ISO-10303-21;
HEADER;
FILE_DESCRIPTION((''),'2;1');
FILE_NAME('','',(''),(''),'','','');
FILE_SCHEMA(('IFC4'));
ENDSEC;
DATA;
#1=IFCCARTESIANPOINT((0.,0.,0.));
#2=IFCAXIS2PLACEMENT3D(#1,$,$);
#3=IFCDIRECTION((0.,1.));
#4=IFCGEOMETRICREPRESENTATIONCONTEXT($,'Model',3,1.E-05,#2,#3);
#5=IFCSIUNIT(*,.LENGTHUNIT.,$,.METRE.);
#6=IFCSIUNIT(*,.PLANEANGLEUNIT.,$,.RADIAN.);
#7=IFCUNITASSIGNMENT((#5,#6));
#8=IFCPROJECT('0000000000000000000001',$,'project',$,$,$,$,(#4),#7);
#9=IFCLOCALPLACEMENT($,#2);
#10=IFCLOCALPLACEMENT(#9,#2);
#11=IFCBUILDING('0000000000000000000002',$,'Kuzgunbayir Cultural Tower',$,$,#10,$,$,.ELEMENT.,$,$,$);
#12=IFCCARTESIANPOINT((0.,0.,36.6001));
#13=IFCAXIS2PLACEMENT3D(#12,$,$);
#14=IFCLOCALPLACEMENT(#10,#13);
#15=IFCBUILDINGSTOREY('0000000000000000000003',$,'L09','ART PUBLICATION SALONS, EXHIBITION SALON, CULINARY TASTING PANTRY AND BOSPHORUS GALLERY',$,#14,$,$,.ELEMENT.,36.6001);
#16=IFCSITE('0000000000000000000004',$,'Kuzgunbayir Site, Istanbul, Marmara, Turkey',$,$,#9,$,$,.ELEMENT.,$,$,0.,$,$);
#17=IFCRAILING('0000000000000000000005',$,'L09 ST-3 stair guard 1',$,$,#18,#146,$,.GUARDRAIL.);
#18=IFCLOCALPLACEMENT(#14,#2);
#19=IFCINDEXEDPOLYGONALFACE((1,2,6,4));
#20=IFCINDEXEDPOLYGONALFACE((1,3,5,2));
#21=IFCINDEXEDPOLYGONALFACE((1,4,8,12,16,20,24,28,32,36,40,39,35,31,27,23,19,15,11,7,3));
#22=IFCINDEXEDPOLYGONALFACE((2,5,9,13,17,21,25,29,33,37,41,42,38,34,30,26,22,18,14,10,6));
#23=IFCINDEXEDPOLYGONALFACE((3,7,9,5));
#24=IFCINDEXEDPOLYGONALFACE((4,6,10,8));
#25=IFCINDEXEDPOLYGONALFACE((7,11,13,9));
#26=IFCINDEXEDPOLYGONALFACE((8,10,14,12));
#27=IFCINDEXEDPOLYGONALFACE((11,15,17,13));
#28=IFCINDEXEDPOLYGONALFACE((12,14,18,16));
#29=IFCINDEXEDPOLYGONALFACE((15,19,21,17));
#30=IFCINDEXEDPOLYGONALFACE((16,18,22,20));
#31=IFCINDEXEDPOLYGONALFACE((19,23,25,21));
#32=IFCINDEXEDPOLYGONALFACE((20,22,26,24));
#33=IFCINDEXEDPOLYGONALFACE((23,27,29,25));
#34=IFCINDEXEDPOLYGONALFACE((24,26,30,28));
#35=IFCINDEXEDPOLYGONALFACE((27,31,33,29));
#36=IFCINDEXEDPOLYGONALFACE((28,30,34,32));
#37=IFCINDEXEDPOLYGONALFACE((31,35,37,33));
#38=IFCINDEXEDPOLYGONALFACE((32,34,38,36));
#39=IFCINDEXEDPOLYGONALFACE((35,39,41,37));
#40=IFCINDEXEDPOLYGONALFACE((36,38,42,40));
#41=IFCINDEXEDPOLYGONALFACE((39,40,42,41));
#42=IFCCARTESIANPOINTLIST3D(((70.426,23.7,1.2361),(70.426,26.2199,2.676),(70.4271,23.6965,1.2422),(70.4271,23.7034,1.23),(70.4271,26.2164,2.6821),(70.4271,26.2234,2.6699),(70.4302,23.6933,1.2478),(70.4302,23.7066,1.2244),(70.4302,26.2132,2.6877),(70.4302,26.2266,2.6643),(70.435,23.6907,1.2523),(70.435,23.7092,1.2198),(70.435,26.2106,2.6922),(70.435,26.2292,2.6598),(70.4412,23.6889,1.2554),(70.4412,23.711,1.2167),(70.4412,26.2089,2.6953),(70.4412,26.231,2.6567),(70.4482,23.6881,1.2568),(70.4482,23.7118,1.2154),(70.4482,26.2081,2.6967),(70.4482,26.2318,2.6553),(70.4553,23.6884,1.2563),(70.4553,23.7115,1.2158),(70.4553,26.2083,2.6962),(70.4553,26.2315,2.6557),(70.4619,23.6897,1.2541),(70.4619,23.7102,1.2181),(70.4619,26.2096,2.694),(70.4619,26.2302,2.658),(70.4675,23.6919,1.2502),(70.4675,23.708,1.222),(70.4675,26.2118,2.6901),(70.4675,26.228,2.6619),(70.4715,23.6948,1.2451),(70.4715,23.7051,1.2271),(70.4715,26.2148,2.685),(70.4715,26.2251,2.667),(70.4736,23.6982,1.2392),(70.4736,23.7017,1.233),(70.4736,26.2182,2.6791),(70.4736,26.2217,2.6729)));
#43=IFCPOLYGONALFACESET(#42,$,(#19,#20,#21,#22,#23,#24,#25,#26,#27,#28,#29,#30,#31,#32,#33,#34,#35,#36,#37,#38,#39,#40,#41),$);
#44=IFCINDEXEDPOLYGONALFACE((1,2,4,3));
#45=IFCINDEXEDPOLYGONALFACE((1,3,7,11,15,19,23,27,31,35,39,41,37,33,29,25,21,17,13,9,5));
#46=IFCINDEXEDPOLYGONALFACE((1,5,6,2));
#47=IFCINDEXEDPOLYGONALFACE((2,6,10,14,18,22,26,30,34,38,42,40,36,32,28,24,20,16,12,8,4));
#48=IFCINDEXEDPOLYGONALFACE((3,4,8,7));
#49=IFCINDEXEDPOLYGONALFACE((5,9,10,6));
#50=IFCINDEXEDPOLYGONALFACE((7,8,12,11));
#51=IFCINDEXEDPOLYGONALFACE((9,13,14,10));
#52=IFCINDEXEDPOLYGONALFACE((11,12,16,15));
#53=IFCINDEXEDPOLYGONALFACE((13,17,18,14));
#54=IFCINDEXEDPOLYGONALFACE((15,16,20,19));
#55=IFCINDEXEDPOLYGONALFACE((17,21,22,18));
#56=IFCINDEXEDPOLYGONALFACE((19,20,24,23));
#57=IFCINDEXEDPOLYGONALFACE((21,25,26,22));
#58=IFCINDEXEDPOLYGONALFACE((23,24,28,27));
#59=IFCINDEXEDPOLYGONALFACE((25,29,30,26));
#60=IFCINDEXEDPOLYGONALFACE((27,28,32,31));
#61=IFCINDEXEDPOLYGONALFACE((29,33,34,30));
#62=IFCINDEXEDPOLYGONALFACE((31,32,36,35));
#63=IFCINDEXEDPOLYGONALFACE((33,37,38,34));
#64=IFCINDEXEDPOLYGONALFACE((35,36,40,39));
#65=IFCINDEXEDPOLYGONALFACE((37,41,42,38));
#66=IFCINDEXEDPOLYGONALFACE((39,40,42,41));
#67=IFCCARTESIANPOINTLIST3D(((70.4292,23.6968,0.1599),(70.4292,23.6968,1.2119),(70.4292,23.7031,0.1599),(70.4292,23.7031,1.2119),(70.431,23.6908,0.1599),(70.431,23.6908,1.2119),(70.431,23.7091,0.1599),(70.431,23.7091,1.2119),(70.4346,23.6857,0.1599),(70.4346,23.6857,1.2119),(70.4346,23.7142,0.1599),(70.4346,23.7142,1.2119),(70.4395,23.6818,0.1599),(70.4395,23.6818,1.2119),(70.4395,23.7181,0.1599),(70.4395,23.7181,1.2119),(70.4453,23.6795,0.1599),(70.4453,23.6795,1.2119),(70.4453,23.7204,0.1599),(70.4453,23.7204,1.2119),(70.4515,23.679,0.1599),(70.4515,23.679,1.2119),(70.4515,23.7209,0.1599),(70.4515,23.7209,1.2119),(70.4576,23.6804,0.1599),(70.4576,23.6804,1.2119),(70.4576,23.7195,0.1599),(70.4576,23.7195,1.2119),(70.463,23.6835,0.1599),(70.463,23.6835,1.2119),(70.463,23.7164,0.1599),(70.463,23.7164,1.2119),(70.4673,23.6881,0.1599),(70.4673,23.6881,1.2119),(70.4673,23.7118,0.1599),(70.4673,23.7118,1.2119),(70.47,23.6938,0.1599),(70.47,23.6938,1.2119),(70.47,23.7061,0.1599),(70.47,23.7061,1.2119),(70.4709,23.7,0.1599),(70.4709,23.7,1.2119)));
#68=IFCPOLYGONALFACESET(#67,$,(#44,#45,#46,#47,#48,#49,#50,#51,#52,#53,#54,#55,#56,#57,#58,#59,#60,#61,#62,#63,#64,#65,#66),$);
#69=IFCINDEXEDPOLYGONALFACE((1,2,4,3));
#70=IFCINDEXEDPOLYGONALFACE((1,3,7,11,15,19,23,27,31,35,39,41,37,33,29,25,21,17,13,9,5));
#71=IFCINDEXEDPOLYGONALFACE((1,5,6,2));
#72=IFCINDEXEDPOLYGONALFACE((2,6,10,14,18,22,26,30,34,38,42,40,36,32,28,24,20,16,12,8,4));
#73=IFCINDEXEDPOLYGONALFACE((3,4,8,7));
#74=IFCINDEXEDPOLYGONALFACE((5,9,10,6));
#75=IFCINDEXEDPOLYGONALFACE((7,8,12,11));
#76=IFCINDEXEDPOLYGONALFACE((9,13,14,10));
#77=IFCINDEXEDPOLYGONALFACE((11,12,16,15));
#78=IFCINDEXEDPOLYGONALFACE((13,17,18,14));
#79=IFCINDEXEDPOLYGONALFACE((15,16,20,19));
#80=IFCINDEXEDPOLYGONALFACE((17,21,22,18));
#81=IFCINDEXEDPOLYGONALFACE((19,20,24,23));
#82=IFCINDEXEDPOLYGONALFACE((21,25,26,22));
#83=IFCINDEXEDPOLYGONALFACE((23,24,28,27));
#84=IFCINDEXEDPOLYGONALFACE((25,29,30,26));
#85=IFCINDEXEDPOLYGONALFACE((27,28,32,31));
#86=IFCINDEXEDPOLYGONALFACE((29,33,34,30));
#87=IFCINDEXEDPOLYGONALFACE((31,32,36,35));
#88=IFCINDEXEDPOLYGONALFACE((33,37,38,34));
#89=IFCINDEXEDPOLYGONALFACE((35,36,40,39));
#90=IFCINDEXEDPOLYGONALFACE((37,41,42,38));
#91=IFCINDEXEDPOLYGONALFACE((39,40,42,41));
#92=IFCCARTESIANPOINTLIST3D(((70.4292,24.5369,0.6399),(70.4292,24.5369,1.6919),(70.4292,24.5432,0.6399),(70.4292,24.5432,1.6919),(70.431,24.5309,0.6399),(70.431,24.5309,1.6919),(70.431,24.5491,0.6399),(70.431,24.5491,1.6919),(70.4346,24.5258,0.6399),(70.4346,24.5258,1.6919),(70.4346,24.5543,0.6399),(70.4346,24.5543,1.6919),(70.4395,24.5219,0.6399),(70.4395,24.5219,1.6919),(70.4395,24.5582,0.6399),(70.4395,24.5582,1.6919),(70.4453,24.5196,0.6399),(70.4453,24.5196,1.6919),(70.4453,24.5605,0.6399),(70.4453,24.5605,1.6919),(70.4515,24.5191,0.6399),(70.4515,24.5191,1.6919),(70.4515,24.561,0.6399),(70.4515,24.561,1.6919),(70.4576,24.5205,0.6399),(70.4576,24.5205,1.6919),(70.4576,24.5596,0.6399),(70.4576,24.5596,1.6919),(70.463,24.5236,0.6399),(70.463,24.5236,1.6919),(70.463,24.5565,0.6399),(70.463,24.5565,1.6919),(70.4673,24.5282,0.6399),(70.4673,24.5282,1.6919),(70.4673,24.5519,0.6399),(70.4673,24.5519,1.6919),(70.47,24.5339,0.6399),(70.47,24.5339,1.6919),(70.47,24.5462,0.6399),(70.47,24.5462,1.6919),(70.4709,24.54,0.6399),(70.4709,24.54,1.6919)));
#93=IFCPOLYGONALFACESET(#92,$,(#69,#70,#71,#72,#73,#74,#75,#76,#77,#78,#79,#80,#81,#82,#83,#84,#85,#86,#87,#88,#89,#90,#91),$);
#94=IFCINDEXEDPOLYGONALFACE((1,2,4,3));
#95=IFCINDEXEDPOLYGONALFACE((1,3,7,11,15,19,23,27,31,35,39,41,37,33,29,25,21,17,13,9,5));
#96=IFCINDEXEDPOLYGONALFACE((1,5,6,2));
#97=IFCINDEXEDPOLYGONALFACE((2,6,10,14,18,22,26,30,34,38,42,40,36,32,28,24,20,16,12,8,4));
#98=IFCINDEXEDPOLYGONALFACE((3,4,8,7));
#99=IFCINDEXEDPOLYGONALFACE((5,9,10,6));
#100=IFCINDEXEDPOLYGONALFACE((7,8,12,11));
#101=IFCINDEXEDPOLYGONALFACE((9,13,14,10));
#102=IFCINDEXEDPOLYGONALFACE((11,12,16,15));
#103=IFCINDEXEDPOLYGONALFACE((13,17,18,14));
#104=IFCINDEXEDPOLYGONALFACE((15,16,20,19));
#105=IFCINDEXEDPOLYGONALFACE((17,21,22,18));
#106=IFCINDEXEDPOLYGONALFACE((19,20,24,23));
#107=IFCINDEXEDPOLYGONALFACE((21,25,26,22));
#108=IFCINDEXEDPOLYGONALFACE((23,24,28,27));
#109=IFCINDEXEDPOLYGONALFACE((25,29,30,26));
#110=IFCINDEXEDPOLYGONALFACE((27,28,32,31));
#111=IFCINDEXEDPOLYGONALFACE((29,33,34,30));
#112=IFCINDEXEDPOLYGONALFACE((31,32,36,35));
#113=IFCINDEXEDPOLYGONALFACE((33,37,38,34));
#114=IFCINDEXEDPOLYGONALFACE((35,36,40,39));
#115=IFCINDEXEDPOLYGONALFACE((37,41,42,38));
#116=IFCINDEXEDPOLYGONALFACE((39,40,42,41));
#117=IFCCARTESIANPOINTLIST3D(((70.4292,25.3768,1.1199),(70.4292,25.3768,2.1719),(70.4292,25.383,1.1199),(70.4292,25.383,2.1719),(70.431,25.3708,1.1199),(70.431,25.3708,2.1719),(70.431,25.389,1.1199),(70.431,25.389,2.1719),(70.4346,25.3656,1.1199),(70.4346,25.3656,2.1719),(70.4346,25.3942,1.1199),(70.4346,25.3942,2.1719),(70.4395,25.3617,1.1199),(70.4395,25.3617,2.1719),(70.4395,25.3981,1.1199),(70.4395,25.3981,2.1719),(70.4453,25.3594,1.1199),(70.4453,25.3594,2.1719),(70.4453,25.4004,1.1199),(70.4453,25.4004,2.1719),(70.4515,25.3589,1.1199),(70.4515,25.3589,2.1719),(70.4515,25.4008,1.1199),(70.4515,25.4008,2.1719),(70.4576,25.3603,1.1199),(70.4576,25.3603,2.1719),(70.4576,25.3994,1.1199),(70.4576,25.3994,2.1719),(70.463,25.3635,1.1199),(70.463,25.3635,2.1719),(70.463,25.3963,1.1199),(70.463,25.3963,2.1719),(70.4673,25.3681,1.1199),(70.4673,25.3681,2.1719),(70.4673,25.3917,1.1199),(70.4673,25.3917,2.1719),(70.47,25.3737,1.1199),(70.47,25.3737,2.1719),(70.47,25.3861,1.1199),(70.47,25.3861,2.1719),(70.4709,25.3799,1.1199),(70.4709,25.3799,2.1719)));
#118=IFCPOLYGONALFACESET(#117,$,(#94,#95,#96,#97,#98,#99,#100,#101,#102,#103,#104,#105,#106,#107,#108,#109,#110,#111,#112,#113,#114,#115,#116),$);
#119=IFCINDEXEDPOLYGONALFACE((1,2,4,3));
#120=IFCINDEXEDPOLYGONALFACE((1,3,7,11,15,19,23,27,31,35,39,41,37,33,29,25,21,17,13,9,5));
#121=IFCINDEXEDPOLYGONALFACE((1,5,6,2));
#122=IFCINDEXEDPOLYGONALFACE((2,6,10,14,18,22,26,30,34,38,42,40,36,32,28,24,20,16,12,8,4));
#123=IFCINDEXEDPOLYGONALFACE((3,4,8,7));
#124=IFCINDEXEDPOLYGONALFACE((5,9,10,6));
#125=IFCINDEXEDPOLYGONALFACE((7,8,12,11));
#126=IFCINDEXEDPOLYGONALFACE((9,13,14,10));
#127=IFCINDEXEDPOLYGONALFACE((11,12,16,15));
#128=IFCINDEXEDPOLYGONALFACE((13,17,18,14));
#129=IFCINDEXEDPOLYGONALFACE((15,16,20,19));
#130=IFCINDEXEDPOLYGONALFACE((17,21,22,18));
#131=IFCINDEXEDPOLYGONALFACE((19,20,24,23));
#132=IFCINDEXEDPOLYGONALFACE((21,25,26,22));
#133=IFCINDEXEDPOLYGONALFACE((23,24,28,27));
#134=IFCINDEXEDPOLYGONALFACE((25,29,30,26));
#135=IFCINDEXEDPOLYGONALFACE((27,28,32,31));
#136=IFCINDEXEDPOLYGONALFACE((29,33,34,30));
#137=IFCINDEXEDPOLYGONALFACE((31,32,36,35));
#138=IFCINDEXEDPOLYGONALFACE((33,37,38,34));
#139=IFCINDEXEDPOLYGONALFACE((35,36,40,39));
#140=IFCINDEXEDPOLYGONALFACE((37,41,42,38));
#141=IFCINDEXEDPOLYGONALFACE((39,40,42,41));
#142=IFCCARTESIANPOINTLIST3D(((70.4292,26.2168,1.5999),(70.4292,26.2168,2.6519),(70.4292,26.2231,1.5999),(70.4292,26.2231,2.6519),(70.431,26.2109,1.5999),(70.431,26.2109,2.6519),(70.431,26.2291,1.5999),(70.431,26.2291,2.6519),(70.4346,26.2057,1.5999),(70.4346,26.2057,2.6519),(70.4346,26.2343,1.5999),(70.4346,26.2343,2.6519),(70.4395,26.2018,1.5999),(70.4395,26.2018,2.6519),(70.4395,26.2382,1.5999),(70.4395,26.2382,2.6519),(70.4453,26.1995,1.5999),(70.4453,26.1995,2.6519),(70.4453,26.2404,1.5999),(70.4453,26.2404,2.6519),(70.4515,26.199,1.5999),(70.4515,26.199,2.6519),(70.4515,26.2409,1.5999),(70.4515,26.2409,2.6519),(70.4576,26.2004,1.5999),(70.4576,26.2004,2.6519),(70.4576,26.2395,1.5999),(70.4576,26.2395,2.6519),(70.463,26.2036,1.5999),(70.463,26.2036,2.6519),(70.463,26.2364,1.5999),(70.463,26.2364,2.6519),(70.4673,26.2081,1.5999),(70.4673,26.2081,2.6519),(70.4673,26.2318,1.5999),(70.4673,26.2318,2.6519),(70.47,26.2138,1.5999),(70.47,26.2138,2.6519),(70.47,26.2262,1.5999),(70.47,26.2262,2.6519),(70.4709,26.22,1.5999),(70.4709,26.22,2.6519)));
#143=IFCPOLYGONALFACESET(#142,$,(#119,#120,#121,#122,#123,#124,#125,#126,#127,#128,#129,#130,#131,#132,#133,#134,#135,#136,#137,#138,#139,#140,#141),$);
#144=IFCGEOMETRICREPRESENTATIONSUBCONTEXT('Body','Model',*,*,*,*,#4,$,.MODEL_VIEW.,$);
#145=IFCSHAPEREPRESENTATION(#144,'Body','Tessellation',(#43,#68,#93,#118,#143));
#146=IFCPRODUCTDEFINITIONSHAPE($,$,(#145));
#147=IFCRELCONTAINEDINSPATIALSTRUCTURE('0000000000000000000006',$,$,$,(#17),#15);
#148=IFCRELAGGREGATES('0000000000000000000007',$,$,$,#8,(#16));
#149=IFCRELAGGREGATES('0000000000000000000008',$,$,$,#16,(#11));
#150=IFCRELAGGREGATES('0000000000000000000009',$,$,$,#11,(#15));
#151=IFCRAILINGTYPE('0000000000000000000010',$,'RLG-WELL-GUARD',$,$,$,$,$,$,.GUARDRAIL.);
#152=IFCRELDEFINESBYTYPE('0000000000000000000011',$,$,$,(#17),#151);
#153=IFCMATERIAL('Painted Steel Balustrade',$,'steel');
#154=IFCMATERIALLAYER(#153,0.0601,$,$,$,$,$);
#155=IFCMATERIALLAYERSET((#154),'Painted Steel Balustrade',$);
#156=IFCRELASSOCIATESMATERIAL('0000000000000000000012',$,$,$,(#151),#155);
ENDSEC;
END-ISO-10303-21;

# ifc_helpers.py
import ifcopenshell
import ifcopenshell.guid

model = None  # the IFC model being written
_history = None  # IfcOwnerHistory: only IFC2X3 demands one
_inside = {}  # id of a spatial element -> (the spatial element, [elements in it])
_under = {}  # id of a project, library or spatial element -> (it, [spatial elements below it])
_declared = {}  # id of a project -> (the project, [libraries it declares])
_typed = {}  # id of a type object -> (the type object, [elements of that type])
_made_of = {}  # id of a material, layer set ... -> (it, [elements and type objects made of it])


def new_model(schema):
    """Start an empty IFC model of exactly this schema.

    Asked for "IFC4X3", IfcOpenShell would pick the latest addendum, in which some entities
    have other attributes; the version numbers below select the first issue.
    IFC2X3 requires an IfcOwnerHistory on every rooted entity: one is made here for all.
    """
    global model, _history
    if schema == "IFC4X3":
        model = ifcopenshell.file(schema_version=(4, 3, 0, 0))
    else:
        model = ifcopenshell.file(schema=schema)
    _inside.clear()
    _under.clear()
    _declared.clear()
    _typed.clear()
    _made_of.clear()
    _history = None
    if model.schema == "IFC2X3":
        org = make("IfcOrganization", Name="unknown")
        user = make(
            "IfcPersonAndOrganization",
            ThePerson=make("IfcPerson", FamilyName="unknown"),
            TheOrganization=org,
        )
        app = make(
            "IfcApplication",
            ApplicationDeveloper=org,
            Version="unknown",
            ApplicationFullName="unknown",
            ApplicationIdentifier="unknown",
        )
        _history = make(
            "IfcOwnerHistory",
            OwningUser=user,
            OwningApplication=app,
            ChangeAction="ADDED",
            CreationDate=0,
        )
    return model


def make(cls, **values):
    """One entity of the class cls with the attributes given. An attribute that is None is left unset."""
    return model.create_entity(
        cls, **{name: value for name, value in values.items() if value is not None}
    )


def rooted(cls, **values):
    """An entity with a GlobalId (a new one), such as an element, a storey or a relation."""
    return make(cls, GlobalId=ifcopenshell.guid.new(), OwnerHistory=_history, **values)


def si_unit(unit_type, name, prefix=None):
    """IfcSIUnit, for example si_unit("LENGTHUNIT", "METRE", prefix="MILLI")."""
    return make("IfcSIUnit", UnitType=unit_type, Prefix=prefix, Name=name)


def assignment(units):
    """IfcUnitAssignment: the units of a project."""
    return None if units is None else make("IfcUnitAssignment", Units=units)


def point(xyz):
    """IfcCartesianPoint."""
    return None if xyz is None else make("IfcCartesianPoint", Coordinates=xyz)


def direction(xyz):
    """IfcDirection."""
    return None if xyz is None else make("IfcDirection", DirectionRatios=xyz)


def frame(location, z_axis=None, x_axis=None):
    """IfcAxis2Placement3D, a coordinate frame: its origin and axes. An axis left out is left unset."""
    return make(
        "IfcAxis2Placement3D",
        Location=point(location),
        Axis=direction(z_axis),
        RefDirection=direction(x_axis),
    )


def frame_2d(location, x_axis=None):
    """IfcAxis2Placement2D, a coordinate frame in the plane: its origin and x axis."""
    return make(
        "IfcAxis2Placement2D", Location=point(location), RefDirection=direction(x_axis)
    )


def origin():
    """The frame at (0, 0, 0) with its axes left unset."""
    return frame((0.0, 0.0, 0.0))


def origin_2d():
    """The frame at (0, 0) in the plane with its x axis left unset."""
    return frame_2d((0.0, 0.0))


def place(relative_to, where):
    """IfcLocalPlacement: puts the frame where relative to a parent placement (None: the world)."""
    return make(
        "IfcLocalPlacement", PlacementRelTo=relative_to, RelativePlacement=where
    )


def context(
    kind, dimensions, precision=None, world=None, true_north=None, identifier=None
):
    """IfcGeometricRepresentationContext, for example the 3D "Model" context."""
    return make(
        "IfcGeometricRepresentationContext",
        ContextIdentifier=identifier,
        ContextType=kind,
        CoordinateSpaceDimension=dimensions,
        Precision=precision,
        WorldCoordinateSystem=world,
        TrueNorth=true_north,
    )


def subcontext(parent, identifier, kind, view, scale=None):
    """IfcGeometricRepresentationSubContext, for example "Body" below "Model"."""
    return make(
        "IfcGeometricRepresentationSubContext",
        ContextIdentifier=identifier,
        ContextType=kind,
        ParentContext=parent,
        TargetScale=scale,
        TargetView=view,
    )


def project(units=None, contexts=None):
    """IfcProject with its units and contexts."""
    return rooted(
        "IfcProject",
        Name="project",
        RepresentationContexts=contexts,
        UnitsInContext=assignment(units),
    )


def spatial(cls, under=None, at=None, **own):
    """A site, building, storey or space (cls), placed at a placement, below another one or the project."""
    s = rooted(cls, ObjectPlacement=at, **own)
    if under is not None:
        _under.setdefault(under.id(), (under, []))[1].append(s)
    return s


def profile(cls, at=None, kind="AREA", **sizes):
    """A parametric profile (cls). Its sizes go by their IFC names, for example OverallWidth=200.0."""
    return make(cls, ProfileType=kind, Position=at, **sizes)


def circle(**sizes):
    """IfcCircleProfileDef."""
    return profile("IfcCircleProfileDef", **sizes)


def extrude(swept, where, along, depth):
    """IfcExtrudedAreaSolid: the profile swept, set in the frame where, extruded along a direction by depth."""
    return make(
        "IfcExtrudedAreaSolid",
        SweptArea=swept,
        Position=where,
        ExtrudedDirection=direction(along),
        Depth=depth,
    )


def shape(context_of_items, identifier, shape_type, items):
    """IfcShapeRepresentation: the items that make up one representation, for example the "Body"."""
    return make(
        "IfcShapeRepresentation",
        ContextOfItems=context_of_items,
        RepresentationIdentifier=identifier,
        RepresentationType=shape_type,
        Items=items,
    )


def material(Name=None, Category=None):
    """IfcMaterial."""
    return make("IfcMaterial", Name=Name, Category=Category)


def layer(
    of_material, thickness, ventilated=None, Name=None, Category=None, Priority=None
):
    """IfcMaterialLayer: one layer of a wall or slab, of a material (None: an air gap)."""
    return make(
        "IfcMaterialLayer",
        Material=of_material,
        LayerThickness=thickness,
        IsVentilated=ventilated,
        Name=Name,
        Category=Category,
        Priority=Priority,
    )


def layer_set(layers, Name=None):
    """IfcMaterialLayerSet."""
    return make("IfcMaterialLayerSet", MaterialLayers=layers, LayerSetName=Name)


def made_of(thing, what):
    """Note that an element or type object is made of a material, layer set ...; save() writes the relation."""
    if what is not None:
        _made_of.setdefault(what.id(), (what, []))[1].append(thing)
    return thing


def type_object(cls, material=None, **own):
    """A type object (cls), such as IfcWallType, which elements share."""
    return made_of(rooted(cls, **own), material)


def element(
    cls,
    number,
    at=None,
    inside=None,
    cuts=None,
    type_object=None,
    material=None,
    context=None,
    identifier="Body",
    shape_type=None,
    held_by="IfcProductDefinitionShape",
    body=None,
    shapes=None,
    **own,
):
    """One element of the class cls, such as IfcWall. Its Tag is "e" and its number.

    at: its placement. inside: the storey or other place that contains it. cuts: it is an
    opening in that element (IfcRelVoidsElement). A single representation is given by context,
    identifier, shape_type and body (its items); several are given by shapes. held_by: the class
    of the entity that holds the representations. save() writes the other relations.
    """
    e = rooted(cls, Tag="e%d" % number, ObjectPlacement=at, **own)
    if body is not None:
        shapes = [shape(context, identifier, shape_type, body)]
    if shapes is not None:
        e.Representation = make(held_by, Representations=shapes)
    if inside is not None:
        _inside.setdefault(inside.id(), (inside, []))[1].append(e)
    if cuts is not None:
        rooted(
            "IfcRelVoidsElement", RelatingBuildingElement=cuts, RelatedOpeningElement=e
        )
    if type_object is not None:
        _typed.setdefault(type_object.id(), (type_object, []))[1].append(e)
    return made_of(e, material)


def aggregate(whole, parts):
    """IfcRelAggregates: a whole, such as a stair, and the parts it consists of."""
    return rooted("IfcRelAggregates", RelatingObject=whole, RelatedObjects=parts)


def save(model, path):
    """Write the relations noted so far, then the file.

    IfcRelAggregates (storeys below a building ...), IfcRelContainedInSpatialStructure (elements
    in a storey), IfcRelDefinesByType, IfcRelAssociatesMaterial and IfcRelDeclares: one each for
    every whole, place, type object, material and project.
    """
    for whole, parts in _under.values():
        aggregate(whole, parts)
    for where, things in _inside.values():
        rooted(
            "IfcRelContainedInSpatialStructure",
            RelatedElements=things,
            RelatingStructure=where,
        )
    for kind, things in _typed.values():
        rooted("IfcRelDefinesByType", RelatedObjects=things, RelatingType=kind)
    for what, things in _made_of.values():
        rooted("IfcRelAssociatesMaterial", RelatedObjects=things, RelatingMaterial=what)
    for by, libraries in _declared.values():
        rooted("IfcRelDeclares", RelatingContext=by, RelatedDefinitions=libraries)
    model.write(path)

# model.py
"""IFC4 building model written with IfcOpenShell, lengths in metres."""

from ifc_helpers import new_model, si_unit, direction, frame, origin, origin_2d, place, context, subcontext, project, spatial, circle, extrude, material, layer, layer_set, type_object, element, save


model = new_model("IFC4")

# Units and contexts
model_context = context("Model", 3, precision=1e-05, world=origin(), true_north=direction((0.0, 1.0)))
body_context = subcontext(model_context, "Body", "Model", "MODEL_VIEW")
ifc_project = project(units=[si_unit("LENGTHUNIT", "METRE"), si_unit("PLANEANGLEUNIT", "RADIAN")], contexts=[model_context])

# Site, building, storey
site_placement = place(None, origin())
site = spatial("IfcSite", under=ifc_project, at=site_placement, Name="Kuzgunbayir Site, Istanbul, Marmara, Turkey", CompositionType="ELEMENT", RefElevation=0.0)
building_placement = place(site_placement, origin())
building = spatial("IfcBuilding", under=site, at=building_placement, Name="Kuzgunbayir Cultural Tower", CompositionType="ELEMENT")
storey_placement = place(building_placement, frame((0.0, 0.0, 36.6001)))
storey = spatial("IfcBuildingStorey", under=building, at=storey_placement, Name="L09", Description="ART PUBLICATION SALONS, EXHIBITION SALON, CULINARY TASTING PANTRY AND BOSPHORUS GALLERY", CompositionType="ELEMENT", Elevation=36.6001)

# Railing
ifc_material_1 = material(Name="Painted Steel Balustrade", Category="steel")
ifc_layer_1 = layer(ifc_material_1, 0.0601)
ifc_layer_set_1 = layer_set([ifc_layer_1], Name="Painted Steel Balustrade")
railing_type_1 = type_object("IfcRailingType", Name="RLG-WELL-GUARD", PredefinedType="GUARDRAIL", material=ifc_layer_set_1)
railing_1_placement = place(storey_placement, frame((70.45, 23.7, 0.1599)))
element("IfcRailing", 1, at=railing_1_placement, inside=storey, type_object=railing_type_1, Name="L09 ST-3 stair guard 1", PredefinedType="GUARDRAIL", context=body_context, shape_type="SweptSolid", body=[
    extrude(circle(Radius=0.0239, at=origin_2d()), frame((0.0, 0.0, 1.0762), z_axis=(0.0, 0.868253, 0.496121), x_axis=(-1.0, 0.0, 0.0)), (0.0, 0.0, 1.0), 2.9023),
    extrude(circle(Radius=0.021, at=origin_2d()), origin(), (0.0, 0.0, 1.0), 1.052),
    extrude(circle(Radius=0.021, at=origin_2d()), frame((0.0, 0.8401, 0.48)), (0.0, 0.0, 1.0), 1.052),
    extrude(circle(Radius=0.021, at=origin_2d()), frame((0.0, 1.6799, 0.96)), (0.0, 0.0, 1.0), 1.052),
    extrude(circle(Radius=0.021, at=origin_2d()), frame((0.0, 2.52, 1.4399)), (0.0, 0.0, 1.0), 1.052),
])

save(model, "model.ifc")
